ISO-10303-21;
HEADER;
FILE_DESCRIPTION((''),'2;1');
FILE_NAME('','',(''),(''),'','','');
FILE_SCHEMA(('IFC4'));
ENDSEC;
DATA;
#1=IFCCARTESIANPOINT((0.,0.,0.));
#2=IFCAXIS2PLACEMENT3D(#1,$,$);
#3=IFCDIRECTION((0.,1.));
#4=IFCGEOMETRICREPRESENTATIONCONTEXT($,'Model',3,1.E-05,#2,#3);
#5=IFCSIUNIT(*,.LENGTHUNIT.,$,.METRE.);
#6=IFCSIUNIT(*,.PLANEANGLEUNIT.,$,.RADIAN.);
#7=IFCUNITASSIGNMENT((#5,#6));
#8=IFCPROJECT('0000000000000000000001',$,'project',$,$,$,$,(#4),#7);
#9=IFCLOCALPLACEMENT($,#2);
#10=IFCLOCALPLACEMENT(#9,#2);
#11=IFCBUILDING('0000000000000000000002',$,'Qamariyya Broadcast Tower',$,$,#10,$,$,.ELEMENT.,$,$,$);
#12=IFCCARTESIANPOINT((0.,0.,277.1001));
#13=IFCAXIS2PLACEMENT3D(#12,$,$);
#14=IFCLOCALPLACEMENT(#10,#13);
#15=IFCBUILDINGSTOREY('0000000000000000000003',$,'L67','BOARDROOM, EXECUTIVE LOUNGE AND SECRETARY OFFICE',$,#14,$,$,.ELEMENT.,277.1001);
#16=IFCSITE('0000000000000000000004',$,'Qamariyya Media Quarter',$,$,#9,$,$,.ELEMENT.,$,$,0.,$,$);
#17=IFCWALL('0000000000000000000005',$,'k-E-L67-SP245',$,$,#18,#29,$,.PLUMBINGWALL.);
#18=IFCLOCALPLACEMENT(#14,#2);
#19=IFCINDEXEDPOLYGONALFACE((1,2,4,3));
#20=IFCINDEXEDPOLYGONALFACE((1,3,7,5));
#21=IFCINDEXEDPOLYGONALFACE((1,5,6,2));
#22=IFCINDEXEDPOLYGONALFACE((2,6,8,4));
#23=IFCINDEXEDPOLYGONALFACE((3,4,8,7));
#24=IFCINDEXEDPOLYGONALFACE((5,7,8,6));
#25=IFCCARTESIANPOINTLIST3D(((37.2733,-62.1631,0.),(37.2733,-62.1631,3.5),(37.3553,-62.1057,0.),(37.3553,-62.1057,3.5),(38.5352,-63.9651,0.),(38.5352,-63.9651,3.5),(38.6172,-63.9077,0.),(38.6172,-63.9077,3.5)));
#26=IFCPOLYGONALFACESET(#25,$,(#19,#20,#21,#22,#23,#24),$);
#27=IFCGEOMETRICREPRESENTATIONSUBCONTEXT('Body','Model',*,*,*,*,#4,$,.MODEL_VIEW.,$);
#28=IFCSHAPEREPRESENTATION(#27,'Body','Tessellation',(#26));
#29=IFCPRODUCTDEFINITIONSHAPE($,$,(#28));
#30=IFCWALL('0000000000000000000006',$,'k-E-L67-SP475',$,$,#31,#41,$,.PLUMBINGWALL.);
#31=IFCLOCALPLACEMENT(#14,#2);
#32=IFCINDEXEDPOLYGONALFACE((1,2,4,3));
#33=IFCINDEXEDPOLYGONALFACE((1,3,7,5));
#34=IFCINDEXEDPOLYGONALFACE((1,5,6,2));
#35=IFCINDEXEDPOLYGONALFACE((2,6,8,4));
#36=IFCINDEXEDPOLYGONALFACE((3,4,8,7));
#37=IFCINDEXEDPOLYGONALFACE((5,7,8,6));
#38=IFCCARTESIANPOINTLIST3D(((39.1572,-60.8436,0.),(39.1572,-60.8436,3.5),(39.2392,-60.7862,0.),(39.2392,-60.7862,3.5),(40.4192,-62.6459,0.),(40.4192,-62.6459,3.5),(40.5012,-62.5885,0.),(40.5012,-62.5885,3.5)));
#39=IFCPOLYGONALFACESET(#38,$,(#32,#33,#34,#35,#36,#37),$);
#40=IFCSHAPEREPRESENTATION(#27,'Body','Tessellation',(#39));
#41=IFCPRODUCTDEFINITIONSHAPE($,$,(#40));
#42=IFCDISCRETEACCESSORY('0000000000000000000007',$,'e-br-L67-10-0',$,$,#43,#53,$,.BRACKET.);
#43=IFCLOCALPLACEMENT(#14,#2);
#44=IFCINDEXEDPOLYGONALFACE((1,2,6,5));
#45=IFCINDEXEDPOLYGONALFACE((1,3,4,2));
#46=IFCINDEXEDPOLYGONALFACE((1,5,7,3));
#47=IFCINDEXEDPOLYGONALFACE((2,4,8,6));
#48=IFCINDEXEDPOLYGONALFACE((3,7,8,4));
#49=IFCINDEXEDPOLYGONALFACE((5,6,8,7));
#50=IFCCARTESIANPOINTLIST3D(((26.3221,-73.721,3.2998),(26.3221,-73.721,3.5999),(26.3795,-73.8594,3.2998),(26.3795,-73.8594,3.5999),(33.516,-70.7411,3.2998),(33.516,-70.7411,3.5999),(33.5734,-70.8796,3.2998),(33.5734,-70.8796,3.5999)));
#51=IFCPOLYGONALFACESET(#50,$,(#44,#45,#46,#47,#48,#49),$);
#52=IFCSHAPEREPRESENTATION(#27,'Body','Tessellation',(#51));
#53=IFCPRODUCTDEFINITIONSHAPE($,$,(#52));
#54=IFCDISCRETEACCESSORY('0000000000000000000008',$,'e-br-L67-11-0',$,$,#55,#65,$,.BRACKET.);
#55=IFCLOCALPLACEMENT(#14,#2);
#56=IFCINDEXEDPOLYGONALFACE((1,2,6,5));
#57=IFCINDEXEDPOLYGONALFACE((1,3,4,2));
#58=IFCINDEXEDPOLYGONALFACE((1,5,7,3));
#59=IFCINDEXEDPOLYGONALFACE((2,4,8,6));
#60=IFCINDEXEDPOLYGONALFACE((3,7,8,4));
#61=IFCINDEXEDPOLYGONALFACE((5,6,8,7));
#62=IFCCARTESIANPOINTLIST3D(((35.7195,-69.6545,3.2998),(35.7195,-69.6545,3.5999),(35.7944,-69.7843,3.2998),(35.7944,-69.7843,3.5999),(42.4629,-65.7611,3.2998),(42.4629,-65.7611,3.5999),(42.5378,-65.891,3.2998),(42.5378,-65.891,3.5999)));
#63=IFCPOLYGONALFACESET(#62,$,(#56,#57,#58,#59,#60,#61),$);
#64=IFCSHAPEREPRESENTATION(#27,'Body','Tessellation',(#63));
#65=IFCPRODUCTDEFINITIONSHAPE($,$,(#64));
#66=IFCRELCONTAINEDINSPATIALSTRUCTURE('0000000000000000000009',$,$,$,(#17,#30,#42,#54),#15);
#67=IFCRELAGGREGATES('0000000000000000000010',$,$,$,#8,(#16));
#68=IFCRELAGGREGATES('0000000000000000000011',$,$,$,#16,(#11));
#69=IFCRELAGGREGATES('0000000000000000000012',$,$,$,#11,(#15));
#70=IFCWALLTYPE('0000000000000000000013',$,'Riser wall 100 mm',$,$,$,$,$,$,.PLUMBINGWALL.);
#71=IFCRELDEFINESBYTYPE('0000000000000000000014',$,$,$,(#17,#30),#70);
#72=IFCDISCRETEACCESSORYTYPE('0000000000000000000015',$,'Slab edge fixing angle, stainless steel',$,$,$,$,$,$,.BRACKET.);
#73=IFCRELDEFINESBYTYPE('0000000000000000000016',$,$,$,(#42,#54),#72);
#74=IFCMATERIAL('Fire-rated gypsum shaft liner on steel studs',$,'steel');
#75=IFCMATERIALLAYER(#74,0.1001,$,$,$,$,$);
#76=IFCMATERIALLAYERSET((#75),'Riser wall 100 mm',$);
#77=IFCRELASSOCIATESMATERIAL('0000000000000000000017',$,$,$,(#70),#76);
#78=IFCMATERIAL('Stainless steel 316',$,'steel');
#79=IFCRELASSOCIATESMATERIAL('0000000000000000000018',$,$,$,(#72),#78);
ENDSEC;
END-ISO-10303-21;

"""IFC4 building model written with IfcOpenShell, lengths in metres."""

from ifc_helpers import new_model, si_unit, direction, frame, frame_2d, origin, origin_2d, place, context, subcontext, project, spatial, rectangle, extrude, material, layer, layer_set, type_object, element, save


model = new_model("IFC4")

# Units and contexts
model_context = context("Model", 3, precision=1e-05, world=origin(), true_north=direction((0.0, 1.0)))
body_context = subcontext(model_context, "Body", "Model", "MODEL_VIEW")
ifc_project = project(units=[si_unit("LENGTHUNIT", "METRE"), si_unit("PLANEANGLEUNIT", "RADIAN")], contexts=[model_context])

# Site, building, storey
site_placement = place(None, origin())
site = spatial("IfcSite", under=ifc_project, at=site_placement, Name="Qamariyya Media Quarter", CompositionType="ELEMENT", RefElevation=0.0)
building_placement = place(site_placement, origin())
building = spatial("IfcBuilding", under=site, at=building_placement, Name="Qamariyya Broadcast Tower", CompositionType="ELEMENT")
storey_placement = place(building_placement, frame((0.0, 0.0, 277.1001)))
storey = spatial("IfcBuildingStorey", under=building, at=storey_placement, Name="L67", Description="BOARDROOM, EXECUTIVE LOUNGE AND SECRETARY OFFICE", CompositionType="ELEMENT", Elevation=277.1001)

# Walls
ifc_material_1 = material(Name="Fire-rated gypsum shaft liner on steel studs", Category="steel")
ifc_layer_1 = layer(ifc_material_1, 0.1001)
ifc_layer_set_1 = layer_set([ifc_layer_1], Name="Riser wall 100 mm")
wall_type_1 = type_object("IfcWallType", Name="Riser wall 100 mm", PredefinedType="PLUMBINGWALL", material=ifc_layer_set_1)
wall_1_placement = place(storey_placement, frame((37.3142, -62.1343, 0.0), z_axis=(0.0, 0.0, 1.0), x_axis=(0.573634, -0.819112, 0.0)))
element("IfcWall", 1, at=wall_1_placement, inside=storey, type_object=wall_type_1, Name="k-E-L67-SP245", PredefinedType="PLUMBINGWALL", context=body_context, shape_type="SweptSolid", body=[
    extrude(rectangle(XDim=2.2, YDim=0.1001, at=frame_2d((1.1001, 0.0))), origin(), (0.0, 0.0, 1.0), 3.5),
])
wall_2_placement = place(storey_placement, frame((39.1982, -60.8149, 0.0), z_axis=(0.0, 0.0, 1.0), x_axis=(0.573581, -0.819149, 0.0)))
element("IfcWall", 2, at=wall_2_placement, inside=storey, type_object=wall_type_1, Name="k-E-L67-SP475", PredefinedType="PLUMBINGWALL", context=body_context, shape_type="SweptSolid", body=[
    extrude(rectangle(XDim=2.2002, YDim=0.1001, at=frame_2d((1.1001, 0.0))), origin(), (0.0, 0.0, 1.0), 3.5),
])

# Discrete accessories
ifc_material_2 = material(Name="Stainless steel 316", Category="steel")
discrete_accessory_type = type_object("IfcDiscreteAccessoryType", Name="Slab edge fixing angle, stainless steel", PredefinedType="BRACKET", material=ifc_material_2)
for number, where, z_axis, x_axis, name in (
    (3, (29.9478, -72.3003, 3.2998), (0.0, 0.0, 1.0), (0.92388, 0.382683, 0.0), "e-br-L67-10-0"),
    (4, (39.1287, -67.7727, 3.2998), (0.0, 0.0, 1.0), (0.866025, 0.5, 0.0), "e-br-L67-11-0"),
):
    element("IfcDiscreteAccessory", number, at=place(storey_placement, frame(where, z_axis=z_axis, x_axis=x_axis)), inside=storey, type_object=discrete_accessory_type, Name=name, PredefinedType="BRACKET", context=body_context, shape_type="SweptSolid", body=[
        extrude(rectangle(XDim=7.7866, YDim=0.1499, at=origin_2d()), origin(), (0.0, 0.0, 1.0), 0.3),
    ])

save(model, "model.ifc")
